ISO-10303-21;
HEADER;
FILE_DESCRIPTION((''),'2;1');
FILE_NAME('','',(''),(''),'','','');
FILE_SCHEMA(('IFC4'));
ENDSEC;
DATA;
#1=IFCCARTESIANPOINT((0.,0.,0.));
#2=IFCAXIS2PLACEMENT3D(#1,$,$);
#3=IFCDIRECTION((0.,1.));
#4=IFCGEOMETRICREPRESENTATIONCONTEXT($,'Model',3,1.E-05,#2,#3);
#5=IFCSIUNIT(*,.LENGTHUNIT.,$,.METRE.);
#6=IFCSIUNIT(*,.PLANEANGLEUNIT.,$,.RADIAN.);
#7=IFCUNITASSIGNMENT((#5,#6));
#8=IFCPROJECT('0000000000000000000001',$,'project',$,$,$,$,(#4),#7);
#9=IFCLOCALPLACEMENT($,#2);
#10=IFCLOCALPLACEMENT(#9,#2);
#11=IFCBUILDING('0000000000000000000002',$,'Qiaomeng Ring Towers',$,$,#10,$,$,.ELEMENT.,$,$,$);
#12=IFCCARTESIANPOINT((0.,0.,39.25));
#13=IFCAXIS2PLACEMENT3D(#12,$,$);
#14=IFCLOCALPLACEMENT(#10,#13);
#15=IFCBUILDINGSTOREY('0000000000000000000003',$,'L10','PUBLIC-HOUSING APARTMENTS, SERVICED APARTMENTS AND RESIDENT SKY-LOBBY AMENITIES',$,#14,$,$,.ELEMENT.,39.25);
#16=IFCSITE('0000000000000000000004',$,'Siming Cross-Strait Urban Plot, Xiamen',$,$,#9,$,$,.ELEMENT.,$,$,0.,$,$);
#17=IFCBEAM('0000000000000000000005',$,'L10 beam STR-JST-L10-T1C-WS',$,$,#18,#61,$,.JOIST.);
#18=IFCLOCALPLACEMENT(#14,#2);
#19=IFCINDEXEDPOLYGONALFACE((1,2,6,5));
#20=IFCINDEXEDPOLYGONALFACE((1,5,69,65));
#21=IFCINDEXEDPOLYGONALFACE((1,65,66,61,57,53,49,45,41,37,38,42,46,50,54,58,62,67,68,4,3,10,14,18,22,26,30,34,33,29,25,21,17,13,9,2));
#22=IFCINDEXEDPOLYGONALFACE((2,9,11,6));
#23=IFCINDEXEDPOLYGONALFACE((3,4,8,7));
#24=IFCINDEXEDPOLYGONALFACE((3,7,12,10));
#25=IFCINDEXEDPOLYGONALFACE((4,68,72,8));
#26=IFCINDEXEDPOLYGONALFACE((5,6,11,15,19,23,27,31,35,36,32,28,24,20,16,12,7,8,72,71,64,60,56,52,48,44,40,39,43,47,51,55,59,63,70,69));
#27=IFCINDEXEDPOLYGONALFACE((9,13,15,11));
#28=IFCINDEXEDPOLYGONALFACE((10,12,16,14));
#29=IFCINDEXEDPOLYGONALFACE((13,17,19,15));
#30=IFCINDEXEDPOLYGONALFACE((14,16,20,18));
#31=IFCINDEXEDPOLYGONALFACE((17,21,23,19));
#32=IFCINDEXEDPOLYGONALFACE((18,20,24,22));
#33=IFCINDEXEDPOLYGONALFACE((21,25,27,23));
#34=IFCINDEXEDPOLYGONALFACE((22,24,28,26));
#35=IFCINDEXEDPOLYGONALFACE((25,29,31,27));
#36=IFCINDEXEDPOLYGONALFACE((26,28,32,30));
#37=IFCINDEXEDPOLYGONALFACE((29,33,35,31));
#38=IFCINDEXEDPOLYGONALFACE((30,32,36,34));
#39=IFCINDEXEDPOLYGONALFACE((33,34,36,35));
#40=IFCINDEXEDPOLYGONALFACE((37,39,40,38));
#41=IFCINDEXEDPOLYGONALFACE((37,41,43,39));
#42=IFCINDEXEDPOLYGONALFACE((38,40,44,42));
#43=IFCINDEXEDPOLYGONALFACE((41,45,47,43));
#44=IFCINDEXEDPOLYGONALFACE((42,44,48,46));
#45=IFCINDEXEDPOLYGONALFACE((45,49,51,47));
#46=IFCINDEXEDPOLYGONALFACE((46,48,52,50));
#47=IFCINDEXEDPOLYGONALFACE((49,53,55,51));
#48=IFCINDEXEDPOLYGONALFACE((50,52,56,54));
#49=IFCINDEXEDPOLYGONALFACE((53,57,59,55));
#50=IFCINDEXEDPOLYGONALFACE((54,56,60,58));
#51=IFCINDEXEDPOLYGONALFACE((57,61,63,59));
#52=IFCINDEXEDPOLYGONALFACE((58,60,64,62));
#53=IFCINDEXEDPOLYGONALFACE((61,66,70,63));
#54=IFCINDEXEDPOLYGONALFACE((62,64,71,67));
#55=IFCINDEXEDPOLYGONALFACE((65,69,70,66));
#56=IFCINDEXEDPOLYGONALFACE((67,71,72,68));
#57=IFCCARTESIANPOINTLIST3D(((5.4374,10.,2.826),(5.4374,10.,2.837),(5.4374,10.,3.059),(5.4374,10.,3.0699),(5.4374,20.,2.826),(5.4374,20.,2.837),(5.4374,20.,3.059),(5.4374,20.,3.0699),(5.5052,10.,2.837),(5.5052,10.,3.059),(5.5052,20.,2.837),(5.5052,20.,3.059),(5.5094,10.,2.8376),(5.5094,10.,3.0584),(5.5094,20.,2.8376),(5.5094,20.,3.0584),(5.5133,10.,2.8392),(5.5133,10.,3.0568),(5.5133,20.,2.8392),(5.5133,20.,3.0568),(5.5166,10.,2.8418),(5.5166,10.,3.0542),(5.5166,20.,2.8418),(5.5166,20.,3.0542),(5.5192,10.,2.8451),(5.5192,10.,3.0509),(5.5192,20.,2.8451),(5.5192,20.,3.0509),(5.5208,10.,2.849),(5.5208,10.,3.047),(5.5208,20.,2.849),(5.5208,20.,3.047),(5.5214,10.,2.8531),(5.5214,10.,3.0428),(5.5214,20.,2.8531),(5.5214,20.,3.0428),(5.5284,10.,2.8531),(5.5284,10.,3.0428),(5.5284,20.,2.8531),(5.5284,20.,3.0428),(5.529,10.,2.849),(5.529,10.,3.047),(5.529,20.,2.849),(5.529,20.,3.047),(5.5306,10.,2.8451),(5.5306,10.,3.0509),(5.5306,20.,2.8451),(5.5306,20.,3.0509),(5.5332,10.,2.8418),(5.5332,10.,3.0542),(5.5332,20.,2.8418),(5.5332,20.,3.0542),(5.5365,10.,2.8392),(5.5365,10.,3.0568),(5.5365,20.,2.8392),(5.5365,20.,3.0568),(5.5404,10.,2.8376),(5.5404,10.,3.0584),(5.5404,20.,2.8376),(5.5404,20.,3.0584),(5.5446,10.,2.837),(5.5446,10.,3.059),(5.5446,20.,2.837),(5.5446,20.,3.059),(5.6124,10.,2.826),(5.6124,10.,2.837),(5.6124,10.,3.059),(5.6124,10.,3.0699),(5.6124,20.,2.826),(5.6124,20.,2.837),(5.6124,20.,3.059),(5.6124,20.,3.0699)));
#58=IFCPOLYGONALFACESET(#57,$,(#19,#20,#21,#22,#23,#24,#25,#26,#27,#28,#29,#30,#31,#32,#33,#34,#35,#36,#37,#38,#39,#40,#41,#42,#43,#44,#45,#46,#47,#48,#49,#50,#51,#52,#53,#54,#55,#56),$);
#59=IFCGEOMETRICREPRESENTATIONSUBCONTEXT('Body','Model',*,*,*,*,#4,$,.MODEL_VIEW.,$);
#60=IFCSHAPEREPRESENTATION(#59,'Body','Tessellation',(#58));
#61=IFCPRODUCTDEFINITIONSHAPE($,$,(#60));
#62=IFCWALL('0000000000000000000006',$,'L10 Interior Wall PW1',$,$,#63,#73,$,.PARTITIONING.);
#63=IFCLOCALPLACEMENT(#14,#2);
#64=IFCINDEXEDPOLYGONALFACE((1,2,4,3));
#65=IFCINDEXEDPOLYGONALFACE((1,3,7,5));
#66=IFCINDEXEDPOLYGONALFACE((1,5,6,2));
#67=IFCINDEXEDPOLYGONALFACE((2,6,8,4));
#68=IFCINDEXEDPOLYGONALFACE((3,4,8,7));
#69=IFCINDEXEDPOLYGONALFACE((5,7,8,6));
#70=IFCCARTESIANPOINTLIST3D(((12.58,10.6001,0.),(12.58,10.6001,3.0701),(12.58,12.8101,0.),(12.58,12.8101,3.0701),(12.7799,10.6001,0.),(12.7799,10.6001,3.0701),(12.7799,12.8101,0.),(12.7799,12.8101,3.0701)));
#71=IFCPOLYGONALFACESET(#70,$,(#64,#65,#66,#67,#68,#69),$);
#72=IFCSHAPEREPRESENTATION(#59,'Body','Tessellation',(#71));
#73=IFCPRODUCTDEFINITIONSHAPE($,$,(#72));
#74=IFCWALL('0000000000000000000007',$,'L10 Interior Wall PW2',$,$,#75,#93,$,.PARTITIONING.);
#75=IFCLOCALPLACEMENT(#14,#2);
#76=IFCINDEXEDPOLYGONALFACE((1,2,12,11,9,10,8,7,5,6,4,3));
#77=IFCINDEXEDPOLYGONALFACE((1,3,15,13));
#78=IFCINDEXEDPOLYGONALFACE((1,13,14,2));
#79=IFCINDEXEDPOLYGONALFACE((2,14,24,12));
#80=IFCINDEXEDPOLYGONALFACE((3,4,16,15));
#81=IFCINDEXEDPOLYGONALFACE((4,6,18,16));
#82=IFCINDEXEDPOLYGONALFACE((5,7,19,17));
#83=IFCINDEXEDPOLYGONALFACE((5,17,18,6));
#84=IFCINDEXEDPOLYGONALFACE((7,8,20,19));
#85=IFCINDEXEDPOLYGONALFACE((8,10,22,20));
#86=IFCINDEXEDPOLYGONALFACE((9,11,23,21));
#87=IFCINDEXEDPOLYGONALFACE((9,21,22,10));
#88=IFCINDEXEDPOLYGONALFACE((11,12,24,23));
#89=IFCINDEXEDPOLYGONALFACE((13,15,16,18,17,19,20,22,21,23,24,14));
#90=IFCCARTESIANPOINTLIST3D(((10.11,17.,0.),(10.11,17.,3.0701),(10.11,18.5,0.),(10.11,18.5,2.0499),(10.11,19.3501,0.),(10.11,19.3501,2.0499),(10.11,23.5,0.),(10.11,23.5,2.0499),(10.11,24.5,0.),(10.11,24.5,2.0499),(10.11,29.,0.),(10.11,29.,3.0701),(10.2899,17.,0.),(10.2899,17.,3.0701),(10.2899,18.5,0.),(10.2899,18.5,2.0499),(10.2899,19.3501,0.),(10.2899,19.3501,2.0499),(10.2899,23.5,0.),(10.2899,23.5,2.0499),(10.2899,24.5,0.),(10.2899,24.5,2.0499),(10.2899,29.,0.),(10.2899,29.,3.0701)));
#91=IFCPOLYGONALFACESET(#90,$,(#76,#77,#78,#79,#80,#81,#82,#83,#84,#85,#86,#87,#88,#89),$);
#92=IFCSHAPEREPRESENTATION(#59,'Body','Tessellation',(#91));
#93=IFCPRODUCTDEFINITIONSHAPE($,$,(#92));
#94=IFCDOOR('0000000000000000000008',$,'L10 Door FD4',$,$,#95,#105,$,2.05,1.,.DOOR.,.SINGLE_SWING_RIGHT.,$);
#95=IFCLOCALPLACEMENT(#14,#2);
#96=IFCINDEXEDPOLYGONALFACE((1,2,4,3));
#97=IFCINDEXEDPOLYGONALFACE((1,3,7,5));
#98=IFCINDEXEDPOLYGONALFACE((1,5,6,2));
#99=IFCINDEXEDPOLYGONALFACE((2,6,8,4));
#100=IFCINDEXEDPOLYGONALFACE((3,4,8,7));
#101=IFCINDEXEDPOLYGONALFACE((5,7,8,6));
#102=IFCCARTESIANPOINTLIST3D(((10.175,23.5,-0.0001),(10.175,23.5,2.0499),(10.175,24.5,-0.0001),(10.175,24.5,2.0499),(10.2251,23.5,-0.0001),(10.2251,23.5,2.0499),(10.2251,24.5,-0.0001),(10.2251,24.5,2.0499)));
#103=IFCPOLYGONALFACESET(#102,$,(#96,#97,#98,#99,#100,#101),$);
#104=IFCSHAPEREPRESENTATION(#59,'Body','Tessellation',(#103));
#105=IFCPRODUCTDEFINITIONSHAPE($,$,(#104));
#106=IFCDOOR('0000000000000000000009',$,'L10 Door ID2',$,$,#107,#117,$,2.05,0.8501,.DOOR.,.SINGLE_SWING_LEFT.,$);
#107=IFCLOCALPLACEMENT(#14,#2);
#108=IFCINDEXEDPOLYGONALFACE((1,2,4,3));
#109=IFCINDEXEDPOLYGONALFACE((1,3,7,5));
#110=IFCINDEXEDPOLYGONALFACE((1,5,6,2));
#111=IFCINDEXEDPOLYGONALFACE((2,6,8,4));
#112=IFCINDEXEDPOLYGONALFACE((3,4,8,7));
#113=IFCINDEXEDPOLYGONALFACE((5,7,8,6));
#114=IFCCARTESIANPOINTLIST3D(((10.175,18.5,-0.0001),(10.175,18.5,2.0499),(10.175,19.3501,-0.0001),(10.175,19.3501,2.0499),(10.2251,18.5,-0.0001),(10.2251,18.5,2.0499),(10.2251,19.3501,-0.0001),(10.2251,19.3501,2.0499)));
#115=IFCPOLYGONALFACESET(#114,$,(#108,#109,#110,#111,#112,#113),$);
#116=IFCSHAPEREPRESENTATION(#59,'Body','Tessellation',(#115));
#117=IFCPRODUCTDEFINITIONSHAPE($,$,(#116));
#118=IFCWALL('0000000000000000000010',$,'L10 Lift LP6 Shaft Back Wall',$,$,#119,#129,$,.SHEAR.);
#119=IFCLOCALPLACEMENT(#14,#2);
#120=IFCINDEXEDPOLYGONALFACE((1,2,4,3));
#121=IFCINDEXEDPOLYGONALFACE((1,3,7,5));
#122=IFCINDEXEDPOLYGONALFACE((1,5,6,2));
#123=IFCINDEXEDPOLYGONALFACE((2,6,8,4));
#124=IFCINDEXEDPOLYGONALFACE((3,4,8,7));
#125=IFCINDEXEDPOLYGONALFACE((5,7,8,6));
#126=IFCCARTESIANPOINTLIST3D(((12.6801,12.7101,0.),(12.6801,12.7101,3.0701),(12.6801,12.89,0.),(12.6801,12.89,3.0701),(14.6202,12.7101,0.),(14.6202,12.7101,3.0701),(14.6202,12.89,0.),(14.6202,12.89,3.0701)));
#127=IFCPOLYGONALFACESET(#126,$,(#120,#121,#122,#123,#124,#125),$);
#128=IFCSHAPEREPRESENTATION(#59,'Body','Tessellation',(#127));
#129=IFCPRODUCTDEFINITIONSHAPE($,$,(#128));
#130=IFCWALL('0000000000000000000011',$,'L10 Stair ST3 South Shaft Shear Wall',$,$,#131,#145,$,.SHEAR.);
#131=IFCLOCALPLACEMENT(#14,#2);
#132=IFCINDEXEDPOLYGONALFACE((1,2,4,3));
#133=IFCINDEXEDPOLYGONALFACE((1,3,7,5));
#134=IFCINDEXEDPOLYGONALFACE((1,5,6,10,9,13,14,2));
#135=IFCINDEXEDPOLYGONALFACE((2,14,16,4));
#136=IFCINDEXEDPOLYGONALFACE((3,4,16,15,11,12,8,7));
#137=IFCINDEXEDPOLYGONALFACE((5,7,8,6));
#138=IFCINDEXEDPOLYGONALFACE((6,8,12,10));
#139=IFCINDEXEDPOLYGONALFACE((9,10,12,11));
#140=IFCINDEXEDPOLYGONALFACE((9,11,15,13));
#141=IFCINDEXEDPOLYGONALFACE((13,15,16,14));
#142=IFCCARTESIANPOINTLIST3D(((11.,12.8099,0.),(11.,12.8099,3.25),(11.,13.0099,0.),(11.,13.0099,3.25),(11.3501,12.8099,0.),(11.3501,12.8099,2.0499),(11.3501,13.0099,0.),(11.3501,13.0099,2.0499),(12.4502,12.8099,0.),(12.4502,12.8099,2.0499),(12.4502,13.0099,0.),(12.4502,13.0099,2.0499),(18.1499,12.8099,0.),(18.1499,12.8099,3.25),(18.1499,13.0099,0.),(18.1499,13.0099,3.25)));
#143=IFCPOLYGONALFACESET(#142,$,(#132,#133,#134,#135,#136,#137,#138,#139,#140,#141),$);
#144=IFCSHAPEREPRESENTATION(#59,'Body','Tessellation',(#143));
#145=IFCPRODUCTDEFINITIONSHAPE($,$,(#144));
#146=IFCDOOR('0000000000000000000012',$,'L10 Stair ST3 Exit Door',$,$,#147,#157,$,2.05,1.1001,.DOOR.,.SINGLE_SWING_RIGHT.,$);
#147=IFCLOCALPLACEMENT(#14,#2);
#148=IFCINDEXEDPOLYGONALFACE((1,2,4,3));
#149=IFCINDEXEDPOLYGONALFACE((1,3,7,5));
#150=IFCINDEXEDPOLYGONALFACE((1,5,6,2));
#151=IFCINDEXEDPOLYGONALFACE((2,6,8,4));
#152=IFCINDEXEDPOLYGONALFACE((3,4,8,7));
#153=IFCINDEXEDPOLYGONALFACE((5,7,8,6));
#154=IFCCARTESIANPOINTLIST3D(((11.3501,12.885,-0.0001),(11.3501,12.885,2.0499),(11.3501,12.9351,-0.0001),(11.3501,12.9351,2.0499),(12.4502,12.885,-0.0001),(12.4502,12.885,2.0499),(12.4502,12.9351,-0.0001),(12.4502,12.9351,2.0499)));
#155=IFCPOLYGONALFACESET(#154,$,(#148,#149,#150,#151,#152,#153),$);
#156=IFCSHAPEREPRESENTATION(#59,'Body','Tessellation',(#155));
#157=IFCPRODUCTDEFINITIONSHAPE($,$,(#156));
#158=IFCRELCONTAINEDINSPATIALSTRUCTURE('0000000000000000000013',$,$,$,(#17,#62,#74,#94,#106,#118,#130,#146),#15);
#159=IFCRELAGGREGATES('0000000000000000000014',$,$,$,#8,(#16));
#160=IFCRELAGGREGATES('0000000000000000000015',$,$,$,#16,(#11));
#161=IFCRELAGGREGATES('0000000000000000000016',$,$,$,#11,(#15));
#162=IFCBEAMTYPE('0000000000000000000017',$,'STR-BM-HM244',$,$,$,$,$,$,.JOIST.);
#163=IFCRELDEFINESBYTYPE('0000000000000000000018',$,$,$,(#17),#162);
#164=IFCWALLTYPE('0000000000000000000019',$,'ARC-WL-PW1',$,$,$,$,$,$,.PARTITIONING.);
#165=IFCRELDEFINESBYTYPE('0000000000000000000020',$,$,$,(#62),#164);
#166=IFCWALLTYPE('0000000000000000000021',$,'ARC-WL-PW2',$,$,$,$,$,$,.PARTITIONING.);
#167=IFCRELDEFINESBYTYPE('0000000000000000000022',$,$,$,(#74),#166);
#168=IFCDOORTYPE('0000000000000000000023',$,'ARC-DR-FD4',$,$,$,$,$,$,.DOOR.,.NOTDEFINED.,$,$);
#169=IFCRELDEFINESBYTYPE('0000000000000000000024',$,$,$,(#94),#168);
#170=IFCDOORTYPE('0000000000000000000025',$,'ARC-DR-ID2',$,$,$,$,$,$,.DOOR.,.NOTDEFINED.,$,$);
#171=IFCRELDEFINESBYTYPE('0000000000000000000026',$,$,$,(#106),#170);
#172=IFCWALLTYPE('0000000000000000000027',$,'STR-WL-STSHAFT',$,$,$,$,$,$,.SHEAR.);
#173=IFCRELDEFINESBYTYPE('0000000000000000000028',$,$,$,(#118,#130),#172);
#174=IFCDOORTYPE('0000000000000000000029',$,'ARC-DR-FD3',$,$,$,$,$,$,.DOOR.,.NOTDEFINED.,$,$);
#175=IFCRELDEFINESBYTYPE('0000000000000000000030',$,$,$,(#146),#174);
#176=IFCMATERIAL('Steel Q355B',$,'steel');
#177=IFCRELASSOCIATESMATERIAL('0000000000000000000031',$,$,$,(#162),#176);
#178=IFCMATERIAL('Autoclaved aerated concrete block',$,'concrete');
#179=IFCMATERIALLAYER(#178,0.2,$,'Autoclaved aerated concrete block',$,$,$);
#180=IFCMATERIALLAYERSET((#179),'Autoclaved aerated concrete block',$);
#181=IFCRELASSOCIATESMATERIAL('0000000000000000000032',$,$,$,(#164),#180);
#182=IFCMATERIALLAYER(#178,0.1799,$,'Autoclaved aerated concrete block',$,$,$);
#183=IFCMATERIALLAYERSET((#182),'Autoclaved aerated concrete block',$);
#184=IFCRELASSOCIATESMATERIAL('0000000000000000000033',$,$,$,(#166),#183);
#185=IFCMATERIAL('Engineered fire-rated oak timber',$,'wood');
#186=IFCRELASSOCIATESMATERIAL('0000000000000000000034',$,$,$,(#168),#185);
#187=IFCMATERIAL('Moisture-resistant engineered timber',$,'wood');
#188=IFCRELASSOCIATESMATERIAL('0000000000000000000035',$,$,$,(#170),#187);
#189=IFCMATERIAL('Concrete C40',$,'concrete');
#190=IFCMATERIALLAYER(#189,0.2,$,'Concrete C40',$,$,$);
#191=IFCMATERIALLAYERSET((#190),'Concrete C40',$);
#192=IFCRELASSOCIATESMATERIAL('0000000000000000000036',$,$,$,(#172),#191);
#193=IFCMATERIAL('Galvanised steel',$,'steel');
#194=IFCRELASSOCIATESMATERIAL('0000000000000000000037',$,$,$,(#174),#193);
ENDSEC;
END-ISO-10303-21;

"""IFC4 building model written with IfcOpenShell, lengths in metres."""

from ifc_helpers import new_model, si_unit, direction, frame, frame_2d, origin, origin_2d, place, context, subcontext, project, spatial, rectangle, i_section, extrude, source, transform, mapped, material, layer, layer_set, material_profile, profile_set, type_object, element, fill, save


model = new_model("IFC4")

# Units and contexts
model_context = context("Model", 3, precision=1e-05, world=origin(), true_north=direction((0.0, 1.0)))
body_context = subcontext(model_context, "Body", "Model", "MODEL_VIEW")
ifc_project = project(units=[si_unit("LENGTHUNIT", "METRE"), si_unit("PLANEANGLEUNIT", "RADIAN")], contexts=[model_context])

# Site, building, storey
site_placement = place(None, origin())
site = spatial("IfcSite", under=ifc_project, at=site_placement, Name="Siming Cross-Strait Urban Plot, Xiamen", CompositionType="ELEMENT", RefElevation=0.0)
building_placement = place(site_placement, origin())
building = spatial("IfcBuilding", under=site, at=building_placement, Name="Qiaomeng Ring Towers", CompositionType="ELEMENT")
storey_placement = place(building_placement, frame((0.0, 0.0, 39.25)))
storey = spatial("IfcBuildingStorey", under=building, at=storey_placement, Name="L10", Description="PUBLIC-HOUSING APARTMENTS, SERVICED APARTMENTS AND RESIDENT SKY-LOBBY AMENITIES", CompositionType="ELEMENT", Elevation=39.25)

# Beam
ifc_material_1 = material(Name="Steel Q355B", Category="steel")
ifc_material_profile = material_profile(ifc_material_1, i_section(OverallWidth=0.175, OverallDepth=0.2439, WebThickness=0.0071, FlangeThickness=0.011, FilletRadius=0.0161, at=origin_2d()), Name="HM 244x175x7x11")
ifc_profile_set = profile_set([ifc_material_profile], Name="Steel Q355B")
beam_type = type_object("IfcBeamType", Name="STR-BM-HM244", PredefinedType="JOIST", material=ifc_profile_set)
shared_shape_1 = source(origin(), body_context, "Body", "SweptSolid", [
    extrude(i_section(OverallWidth=0.175, OverallDepth=0.2439, WebThickness=0.0071, FlangeThickness=0.011, FilletRadius=0.0161, at=origin_2d()), origin(), (0.0, 0.0, 1.0), 10.0),
])
beam_placement = place(storey_placement, frame((5.5249, 10.0, 2.948), z_axis=(0.0, 1.0, 0.0), x_axis=(-1.0, 0.0, 0.0)))
element("IfcBeam", 1, at=beam_placement, inside=storey, type_object=beam_type, Name="L10 beam STR-JST-L10-T1C-WS", PredefinedType="JOIST", context=body_context, shape_type="MappedRepresentation", body=[
    mapped(shared_shape_1, transform((0.0, 0.0, 0.0), x_axis=(1.0, 0.0, 0.0), y_axis=(0.0, 1.0, 0.0), z_axis=(0.0, 0.0, 1.0), scale=1.0)),
])

# Wall
ifc_material_2 = material(Name="Autoclaved aerated concrete block", Category="concrete")
ifc_layer_1 = layer(ifc_material_2, 0.2, Name="Autoclaved aerated concrete block")
ifc_layer_set_1 = layer_set([ifc_layer_1], Name="Autoclaved aerated concrete block")
wall_type_1 = type_object("IfcWallType", Name="ARC-WL-PW1", PredefinedType="PARTITIONING", material=ifc_layer_set_1)
wall_1_placement = place(storey_placement, frame((12.6799, 10.6001, 0.0), z_axis=(0.0, 0.0, 1.0), x_axis=(0.0, 1.0, 0.0)))
element("IfcWall", 2, at=wall_1_placement, inside=storey, type_object=wall_type_1, Name="L10 Interior Wall PW1", PredefinedType="PARTITIONING", context=body_context, shape_type="SweptSolid", body=[
    extrude(rectangle(XDim=2.21, YDim=0.2, at=frame_2d((1.105, 0.0))), origin(), (0.0, 0.0, 1.0), 3.0701),
])

# Wall, openings, doors
ifc_layer_2 = layer(ifc_material_2, 0.1799, Name="Autoclaved aerated concrete block")
ifc_layer_set_2 = layer_set([ifc_layer_2], Name="Autoclaved aerated concrete block")
wall_type_2 = type_object("IfcWallType", Name="ARC-WL-PW2", PredefinedType="PARTITIONING", material=ifc_layer_set_2)
wall_2_placement = place(storey_placement, frame((10.2, 17.0, 0.0), z_axis=(0.0, 0.0, 1.0), x_axis=(0.0, 1.0, 0.0)))
wall_2 = element("IfcWall", 3, at=wall_2_placement, inside=storey, type_object=wall_type_2, Name="L10 Interior Wall PW2", PredefinedType="PARTITIONING", context=body_context, shape_type="SweptSolid", body=[
    extrude(rectangle(XDim=12.0, YDim=0.1799, at=frame_2d((6.0, 0.0))), origin(), (0.0, 0.0, 1.0), 3.0701),
])
opening_1_placement = place(wall_2_placement, frame((1.5, 0.0, 0.0)))
opening_1 = element("IfcOpeningElement", 4, at=opening_1_placement, cuts=wall_2, PredefinedType="OPENING", context=body_context, shape_type="SweptSolid", body=[
    extrude(rectangle(XDim=0.8501, YDim=2.05, at=frame_2d((0.425, 1.0249))), frame((0.0, 0.0999, 0.0), z_axis=(0.0, -1.0, 0.0), x_axis=(1.0, 0.0, 0.0)), (0.0, 0.0, 1.0), 0.2),
])
opening_2_placement = place(wall_2_placement, frame((6.5, 0.0, 0.0)))
opening_2 = element("IfcOpeningElement", 5, at=opening_2_placement, cuts=wall_2, PredefinedType="OPENING", context=body_context, shape_type="SweptSolid", body=[
    extrude(rectangle(XDim=1.0, YDim=2.05, at=frame_2d((0.5, 1.0249))), frame((0.0, 0.0999, 0.0), z_axis=(0.0, -1.0, 0.0), x_axis=(1.0, 0.0, 0.0)), (0.0, 0.0, 1.0), 0.2),
])
ifc_material_3 = material(Name="Engineered fire-rated oak timber", Category="wood")
door_type_1 = type_object("IfcDoorType", Name="ARC-DR-FD4", OperationType="NOTDEFINED", PredefinedType="DOOR", material=ifc_material_3)
shared_shape_2 = source(origin(), body_context, "Body", "SweptSolid", [
    extrude(rectangle(XDim=1.0, YDim=2.05, at=frame_2d((0.5, 1.0249))), frame((0.0, 0.0249, 0.0), z_axis=(0.0, -1.0, 0.0), x_axis=(1.0, 0.0, 0.0)), (0.0, 0.0, 1.0), 0.05),
])
door_1_placement = place(opening_2_placement, origin())
door_1 = element("IfcDoor", 6, at=door_1_placement, inside=storey, type_object=door_type_1, Name="L10 Door FD4", OperationType="SINGLE_SWING_RIGHT", OverallHeight=2.05, OverallWidth=1.0, PredefinedType="DOOR", context=body_context, shape_type="MappedRepresentation", body=[
    mapped(shared_shape_2, transform((0.0, 0.0, 0.0), x_axis=(1.0, 0.0, 0.0), y_axis=(0.0, 1.0, 0.0), z_axis=(0.0, 0.0, 1.0), scale=1.0)),
])
fill(opening_2, door_1)
ifc_material_4 = material(Name="Moisture-resistant engineered timber", Category="wood")
door_type_2 = type_object("IfcDoorType", Name="ARC-DR-ID2", OperationType="NOTDEFINED", PredefinedType="DOOR", material=ifc_material_4)
shared_shape_3 = source(origin(), body_context, "Body", "SweptSolid", [
    extrude(rectangle(XDim=0.8501, YDim=2.05, at=frame_2d((0.425, 1.0249))), frame((0.0, 0.0249, 0.0), z_axis=(0.0, -1.0, 0.0), x_axis=(1.0, 0.0, 0.0)), (0.0, 0.0, 1.0), 0.05),
])
door_2_placement = place(opening_1_placement, origin())
door_2 = element("IfcDoor", 7, at=door_2_placement, inside=storey, type_object=door_type_2, Name="L10 Door ID2", OperationType="SINGLE_SWING_LEFT", OverallHeight=2.05, OverallWidth=0.8501, PredefinedType="DOOR", context=body_context, shape_type="MappedRepresentation", body=[
    mapped(shared_shape_3, transform((0.0, 0.0, 0.0), x_axis=(1.0, 0.0, 0.0), y_axis=(0.0, 1.0, 0.0), z_axis=(0.0, 0.0, 1.0), scale=1.0)),
])
fill(opening_1, door_2)

# Wall
ifc_material_5 = material(Name="Concrete C40", Category="concrete")
ifc_layer_3 = layer(ifc_material_5, 0.2, Name="Concrete C40")
ifc_layer_set_3 = layer_set([ifc_layer_3], Name="Concrete C40")
wall_type_3 = type_object("IfcWallType", Name="STR-WL-STSHAFT", PredefinedType="SHEAR", material=ifc_layer_set_3)
wall_3_placement = place(storey_placement, frame((12.6799, 12.8, 0.0), z_axis=(0.0, 0.0, 1.0), x_axis=(1.0, 0.0, 0.0)))
element("IfcWall", 8, at=wall_3_placement, inside=storey, type_object=wall_type_3, Name="L10 Lift LP6 Shaft Back Wall", PredefinedType="SHEAR", context=body_context, shape_type="SweptSolid", body=[
    extrude(rectangle(XDim=1.9402, YDim=0.1799, at=frame_2d((0.9702, 0.0))), origin(), (0.0, 0.0, 1.0), 3.0701),
])

# Wall, opening, door
wall_4_placement = place(storey_placement, frame((11.0, 12.9099, 0.0), z_axis=(0.0, 0.0, 1.0), x_axis=(1.0, 0.0, 0.0)))
wall_4 = element("IfcWall", 9, at=wall_4_placement, inside=storey, type_object=wall_type_3, Name="L10 Stair ST3 South Shaft Shear Wall", PredefinedType="SHEAR", context=body_context, shape_type="SweptSolid", body=[
    extrude(rectangle(XDim=7.1499, YDim=0.2, at=frame_2d((3.575, 0.0))), origin(), (0.0, 0.0, 1.0), 3.25),
])
opening_3_placement = place(wall_4_placement, frame((0.3501, 0.0, 0.0)))
opening_3 = element("IfcOpeningElement", 10, at=opening_3_placement, cuts=wall_4, PredefinedType="OPENING", context=body_context, shape_type="SweptSolid", body=[
    extrude(rectangle(XDim=1.1001, YDim=2.05, at=frame_2d((0.55, 1.0249))), frame((0.0, 0.1099, 0.0), z_axis=(0.0, -1.0, 0.0), x_axis=(1.0, 0.0, 0.0)), (0.0, 0.0, 1.0), 0.22),
])
ifc_material_6 = material(Name="Galvanised steel", Category="steel")
door_type_3 = type_object("IfcDoorType", Name="ARC-DR-FD3", OperationType="NOTDEFINED", PredefinedType="DOOR", material=ifc_material_6)
shared_shape_4 = source(origin(), body_context, "Body", "SweptSolid", [
    extrude(rectangle(XDim=1.1001, YDim=2.05, at=frame_2d((0.55, 1.0249))), frame((0.0, 0.0249, 0.0), z_axis=(0.0, -1.0, 0.0), x_axis=(1.0, 0.0, 0.0)), (0.0, 0.0, 1.0), 0.05),
])
door_3_placement = place(opening_3_placement, frame((1.1001, 0.0, 0.0), z_axis=(0.0, 0.0, 1.0), x_axis=(-1.0, 0.0, 0.0)))
door_3 = element("IfcDoor", 11, at=door_3_placement, inside=storey, type_object=door_type_3, Name="L10 Stair ST3 Exit Door", OperationType="SINGLE_SWING_RIGHT", OverallHeight=2.05, OverallWidth=1.1001, PredefinedType="DOOR", context=body_context, shape_type="MappedRepresentation", body=[
    mapped(shared_shape_4, transform((0.0, 0.0, 0.0), x_axis=(1.0, 0.0, 0.0), y_axis=(0.0, 1.0, 0.0), z_axis=(0.0, 0.0, 1.0), scale=1.0)),
])
fill(opening_3, door_3)

save(model, "model.ifc")
